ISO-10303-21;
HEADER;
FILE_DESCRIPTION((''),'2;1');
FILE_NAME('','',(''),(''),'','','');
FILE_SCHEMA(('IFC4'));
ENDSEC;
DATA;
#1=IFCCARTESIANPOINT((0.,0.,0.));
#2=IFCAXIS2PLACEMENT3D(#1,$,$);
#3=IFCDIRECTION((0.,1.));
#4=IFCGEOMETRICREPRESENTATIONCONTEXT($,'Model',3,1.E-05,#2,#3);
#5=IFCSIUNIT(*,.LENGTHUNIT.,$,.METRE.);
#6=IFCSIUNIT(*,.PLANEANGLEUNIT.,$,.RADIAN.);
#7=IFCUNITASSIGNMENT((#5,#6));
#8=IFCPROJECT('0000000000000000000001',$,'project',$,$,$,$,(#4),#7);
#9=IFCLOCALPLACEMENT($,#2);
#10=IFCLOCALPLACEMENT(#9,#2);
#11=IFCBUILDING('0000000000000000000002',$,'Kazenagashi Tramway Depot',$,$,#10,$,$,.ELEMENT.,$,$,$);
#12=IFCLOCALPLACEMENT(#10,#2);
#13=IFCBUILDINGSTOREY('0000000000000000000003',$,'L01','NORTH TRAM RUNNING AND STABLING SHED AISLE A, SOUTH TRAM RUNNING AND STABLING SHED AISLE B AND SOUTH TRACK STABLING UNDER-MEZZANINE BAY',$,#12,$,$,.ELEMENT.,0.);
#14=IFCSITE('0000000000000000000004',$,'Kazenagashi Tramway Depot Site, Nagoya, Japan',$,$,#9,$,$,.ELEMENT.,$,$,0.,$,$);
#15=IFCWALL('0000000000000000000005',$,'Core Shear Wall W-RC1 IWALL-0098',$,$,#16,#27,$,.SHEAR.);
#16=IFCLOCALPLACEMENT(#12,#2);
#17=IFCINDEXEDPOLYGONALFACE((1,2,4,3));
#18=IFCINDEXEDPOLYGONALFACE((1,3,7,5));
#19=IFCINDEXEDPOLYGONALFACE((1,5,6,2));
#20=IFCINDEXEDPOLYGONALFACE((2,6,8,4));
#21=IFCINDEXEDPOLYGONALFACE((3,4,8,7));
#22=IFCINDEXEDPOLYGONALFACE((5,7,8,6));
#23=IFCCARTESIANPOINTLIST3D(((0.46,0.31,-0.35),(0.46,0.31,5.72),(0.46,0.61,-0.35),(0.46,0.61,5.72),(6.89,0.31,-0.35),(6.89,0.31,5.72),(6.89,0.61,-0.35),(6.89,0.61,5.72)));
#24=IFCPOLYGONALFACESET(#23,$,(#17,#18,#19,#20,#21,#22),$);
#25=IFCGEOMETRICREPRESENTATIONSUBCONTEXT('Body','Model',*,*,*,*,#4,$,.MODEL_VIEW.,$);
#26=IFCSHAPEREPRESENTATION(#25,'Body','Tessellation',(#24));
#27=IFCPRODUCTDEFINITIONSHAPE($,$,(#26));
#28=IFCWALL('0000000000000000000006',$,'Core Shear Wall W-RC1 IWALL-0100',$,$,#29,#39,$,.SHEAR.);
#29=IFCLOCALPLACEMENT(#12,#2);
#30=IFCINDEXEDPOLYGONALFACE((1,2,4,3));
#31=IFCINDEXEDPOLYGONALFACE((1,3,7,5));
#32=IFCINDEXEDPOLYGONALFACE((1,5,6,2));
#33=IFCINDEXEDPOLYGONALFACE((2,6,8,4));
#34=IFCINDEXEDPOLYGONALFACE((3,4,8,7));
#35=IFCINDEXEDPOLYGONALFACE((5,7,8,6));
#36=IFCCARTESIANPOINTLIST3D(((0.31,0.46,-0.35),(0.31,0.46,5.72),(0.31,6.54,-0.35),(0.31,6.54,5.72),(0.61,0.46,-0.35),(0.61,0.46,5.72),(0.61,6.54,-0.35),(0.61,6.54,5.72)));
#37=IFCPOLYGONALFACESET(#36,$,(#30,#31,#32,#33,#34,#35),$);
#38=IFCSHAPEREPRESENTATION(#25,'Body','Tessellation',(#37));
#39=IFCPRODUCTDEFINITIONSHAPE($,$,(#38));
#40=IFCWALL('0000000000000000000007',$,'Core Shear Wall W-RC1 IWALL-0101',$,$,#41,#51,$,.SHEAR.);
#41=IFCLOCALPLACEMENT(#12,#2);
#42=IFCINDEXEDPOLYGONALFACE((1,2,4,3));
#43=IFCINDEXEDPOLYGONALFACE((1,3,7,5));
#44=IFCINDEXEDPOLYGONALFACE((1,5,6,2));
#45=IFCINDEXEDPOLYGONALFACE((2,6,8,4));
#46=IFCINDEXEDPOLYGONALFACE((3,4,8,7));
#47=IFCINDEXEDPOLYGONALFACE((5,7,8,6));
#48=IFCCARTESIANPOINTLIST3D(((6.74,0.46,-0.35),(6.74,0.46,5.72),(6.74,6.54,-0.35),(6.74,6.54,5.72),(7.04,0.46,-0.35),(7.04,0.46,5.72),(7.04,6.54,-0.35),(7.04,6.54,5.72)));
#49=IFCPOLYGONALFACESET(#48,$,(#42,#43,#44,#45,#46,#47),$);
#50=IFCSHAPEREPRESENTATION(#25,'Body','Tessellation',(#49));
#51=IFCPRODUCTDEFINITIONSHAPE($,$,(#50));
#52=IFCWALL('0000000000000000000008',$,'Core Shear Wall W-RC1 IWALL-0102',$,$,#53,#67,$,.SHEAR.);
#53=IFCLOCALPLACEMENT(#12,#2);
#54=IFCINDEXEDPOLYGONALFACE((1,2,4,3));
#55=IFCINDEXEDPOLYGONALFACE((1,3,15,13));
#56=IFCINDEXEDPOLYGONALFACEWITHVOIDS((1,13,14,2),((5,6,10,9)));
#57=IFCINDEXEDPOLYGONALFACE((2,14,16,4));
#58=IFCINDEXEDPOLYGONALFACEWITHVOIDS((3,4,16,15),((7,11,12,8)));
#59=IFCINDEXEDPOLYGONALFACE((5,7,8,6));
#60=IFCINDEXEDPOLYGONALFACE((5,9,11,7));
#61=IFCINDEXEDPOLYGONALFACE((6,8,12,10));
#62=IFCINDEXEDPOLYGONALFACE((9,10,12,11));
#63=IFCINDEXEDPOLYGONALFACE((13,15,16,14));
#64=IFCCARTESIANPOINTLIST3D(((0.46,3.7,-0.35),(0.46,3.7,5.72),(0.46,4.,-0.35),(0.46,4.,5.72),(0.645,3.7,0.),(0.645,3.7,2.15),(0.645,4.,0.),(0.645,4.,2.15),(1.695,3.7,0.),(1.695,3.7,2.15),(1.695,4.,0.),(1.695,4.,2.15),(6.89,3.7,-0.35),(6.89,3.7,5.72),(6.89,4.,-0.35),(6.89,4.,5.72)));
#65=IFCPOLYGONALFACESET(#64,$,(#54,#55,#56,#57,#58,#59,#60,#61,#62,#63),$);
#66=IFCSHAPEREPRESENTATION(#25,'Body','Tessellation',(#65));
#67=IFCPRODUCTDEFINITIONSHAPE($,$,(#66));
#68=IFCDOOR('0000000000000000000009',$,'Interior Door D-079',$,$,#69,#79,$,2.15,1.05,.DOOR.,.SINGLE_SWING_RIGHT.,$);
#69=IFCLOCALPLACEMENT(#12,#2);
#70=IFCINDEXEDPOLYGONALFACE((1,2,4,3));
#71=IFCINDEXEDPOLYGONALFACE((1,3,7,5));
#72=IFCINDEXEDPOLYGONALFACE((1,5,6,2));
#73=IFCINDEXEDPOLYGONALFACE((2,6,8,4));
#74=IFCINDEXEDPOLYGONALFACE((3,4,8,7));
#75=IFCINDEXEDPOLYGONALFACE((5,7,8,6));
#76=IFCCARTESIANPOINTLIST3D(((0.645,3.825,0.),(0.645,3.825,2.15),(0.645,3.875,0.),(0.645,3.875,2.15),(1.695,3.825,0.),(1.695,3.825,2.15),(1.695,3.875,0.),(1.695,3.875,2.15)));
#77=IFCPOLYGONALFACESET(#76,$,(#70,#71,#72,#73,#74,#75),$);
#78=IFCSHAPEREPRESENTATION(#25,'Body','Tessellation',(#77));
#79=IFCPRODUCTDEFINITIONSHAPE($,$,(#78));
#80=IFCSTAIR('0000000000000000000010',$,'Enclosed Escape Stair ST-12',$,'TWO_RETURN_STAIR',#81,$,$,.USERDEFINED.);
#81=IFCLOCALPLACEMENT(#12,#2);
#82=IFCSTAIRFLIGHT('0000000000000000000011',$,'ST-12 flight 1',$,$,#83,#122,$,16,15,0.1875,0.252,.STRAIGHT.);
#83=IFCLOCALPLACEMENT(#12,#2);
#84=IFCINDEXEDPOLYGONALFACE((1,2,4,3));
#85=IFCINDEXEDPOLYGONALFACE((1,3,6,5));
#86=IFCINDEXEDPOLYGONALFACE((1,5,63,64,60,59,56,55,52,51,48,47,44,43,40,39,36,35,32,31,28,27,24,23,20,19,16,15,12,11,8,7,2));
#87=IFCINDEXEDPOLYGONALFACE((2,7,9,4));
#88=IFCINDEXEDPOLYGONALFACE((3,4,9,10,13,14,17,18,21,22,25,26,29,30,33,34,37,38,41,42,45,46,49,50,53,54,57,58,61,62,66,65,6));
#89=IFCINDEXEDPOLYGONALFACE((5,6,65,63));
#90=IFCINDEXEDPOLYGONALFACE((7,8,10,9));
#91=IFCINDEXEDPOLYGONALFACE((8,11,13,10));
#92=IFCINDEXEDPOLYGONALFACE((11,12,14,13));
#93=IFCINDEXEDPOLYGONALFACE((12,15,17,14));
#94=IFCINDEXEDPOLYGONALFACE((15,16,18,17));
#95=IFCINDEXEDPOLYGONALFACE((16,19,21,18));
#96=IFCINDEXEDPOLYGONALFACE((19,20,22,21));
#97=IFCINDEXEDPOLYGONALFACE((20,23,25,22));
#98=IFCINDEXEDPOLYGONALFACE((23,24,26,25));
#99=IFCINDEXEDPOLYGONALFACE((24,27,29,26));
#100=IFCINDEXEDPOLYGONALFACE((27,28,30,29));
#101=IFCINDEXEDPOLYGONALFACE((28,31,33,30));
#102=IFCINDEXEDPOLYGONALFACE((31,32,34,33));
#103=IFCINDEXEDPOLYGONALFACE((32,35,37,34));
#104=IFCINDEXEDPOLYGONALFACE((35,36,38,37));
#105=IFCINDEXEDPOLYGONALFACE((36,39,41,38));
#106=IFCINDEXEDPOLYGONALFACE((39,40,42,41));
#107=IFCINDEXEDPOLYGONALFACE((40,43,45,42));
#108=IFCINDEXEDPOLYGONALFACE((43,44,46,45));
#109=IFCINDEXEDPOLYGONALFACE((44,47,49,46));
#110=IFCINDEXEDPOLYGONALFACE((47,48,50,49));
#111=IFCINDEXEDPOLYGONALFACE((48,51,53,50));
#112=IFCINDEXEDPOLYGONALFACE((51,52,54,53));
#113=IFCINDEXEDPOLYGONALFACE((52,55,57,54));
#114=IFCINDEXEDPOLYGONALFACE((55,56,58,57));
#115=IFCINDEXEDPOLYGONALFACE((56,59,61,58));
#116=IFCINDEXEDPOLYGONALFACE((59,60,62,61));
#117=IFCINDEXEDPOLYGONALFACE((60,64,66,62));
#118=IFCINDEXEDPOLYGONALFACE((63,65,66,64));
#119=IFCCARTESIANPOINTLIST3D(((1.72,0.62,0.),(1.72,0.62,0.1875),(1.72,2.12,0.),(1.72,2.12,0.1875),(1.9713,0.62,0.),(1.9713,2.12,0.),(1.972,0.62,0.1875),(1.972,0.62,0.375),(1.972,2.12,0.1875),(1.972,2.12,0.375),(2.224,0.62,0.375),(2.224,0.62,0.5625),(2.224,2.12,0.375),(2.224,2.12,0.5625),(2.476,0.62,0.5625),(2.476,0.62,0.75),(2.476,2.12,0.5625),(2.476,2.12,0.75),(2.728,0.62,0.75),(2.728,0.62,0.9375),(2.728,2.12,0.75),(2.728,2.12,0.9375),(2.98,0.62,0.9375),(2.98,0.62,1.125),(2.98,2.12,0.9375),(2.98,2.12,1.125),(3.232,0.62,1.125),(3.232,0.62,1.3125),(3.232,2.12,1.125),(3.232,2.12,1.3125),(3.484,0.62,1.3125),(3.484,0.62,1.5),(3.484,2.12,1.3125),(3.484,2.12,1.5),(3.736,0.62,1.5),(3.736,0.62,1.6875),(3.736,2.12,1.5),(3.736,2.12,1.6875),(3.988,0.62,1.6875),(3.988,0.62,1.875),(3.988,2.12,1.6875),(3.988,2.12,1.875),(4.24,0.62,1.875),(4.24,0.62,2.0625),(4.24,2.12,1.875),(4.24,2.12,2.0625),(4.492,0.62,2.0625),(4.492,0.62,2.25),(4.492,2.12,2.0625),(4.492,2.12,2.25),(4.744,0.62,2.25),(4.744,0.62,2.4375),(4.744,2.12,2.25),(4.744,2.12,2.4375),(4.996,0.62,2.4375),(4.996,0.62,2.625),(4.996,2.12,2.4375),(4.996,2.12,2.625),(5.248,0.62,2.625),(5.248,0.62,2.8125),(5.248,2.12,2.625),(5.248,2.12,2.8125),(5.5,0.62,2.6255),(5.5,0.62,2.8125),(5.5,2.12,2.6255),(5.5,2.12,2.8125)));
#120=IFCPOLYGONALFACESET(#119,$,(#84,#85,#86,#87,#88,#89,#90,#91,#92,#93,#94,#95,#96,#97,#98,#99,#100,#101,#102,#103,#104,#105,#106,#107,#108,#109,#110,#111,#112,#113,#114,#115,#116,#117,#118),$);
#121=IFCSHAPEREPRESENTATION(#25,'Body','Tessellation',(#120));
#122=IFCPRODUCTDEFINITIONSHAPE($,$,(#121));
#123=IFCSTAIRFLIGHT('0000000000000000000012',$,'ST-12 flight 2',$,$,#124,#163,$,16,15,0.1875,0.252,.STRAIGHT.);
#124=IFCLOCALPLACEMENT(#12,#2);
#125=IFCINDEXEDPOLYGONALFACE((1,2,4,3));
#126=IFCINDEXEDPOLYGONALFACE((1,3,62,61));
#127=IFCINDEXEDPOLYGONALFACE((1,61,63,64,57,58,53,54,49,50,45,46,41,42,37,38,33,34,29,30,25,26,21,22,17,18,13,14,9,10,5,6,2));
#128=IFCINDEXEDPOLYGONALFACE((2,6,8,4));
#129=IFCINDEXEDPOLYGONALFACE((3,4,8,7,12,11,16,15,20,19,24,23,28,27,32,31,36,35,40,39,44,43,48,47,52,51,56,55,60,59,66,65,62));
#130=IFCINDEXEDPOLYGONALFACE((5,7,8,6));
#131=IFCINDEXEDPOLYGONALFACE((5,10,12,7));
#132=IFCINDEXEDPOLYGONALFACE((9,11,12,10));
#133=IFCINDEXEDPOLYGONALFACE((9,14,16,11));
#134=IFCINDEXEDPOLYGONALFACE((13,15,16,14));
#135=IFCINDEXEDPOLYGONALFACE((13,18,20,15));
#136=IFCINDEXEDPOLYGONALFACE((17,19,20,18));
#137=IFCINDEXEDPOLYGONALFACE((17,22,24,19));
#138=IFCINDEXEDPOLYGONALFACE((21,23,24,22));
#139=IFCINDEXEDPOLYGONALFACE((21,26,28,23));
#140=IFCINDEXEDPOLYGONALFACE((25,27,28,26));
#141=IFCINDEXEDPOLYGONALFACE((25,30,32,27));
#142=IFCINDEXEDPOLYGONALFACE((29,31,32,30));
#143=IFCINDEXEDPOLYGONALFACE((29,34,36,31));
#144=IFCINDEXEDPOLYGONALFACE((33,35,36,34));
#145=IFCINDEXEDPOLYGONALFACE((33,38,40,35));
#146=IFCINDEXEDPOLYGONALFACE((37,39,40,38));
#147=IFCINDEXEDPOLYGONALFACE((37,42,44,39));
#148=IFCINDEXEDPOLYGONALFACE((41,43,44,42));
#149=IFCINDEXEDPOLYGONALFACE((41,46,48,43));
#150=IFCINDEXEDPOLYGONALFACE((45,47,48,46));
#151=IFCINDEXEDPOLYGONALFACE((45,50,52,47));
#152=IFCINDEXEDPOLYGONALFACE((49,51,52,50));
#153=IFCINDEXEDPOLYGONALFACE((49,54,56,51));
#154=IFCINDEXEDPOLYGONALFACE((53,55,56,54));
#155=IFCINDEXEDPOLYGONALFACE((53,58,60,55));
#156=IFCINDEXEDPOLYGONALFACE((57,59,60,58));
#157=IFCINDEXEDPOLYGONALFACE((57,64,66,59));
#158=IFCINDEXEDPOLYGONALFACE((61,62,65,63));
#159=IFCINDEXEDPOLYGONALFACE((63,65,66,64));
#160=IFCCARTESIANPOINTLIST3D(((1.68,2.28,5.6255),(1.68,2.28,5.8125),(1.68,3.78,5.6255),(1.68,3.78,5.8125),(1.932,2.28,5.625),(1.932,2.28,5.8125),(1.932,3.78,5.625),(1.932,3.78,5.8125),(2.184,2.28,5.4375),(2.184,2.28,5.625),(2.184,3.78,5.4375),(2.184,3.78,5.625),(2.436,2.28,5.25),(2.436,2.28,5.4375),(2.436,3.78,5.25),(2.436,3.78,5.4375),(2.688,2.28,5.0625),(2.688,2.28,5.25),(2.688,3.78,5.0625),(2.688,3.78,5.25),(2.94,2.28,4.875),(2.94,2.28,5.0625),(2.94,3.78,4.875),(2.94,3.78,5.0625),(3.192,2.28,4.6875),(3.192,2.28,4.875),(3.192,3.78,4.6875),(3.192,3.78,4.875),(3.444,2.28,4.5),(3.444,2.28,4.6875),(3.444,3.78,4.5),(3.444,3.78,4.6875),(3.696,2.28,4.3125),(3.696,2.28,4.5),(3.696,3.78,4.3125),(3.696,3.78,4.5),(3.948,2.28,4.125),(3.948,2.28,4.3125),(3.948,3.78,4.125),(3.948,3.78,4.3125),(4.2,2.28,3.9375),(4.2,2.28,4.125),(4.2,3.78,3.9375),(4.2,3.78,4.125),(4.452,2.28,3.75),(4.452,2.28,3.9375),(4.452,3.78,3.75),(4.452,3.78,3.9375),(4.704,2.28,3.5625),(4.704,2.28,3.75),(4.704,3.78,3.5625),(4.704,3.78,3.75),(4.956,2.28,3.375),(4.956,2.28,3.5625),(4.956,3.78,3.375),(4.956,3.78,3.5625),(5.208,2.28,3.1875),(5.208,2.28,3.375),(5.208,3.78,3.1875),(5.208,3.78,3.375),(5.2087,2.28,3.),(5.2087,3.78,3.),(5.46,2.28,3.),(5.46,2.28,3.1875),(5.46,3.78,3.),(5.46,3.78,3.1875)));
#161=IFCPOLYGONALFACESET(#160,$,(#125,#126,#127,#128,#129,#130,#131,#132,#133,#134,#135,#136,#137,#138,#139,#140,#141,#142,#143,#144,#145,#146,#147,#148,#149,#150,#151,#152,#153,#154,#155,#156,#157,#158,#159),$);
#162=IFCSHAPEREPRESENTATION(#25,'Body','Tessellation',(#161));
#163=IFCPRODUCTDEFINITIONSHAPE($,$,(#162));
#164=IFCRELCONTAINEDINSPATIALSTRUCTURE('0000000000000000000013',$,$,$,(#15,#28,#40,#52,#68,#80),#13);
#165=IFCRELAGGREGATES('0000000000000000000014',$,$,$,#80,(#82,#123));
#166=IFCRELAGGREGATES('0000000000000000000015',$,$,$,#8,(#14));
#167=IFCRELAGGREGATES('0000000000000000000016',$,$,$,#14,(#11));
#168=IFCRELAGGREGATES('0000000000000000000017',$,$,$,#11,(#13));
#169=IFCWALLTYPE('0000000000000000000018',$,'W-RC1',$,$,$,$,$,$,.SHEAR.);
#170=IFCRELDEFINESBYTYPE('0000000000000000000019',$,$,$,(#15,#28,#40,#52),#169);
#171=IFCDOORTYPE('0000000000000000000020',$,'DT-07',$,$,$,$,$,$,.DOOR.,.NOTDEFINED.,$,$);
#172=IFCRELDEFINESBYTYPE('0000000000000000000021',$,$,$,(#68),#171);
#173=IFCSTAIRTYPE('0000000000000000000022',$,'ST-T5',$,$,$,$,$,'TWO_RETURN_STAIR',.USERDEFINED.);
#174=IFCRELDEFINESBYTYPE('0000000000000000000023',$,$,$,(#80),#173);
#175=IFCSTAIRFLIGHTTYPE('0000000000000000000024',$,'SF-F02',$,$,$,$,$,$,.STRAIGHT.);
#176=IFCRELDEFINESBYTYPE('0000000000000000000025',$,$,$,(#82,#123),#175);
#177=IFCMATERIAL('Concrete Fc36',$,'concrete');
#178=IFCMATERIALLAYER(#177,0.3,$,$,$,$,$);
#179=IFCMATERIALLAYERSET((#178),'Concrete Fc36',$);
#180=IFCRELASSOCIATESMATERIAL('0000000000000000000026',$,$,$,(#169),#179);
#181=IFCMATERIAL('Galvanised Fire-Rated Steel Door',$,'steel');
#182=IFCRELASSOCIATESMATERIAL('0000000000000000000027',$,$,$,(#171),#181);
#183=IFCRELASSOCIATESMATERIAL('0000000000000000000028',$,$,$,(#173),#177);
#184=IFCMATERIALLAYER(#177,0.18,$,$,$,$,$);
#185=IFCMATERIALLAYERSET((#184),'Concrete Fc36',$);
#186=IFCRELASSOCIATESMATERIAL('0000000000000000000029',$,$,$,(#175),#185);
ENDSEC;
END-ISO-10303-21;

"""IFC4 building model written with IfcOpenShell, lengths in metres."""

from ifc_helpers import new_model, si_unit, direction, frame, frame_2d, origin, place, context, subcontext, project, spatial, polyline, rectangle, outline, extrude, material, layer, layer_set, type_object, element, fill, aggregate, save


model = new_model("IFC4")

# Units and contexts
model_context = context("Model", 3, precision=1e-05, world=origin(), true_north=direction((0.0, 1.0)))
body_context = subcontext(model_context, "Body", "Model", "MODEL_VIEW")
ifc_project = project(units=[si_unit("LENGTHUNIT", "METRE"), si_unit("PLANEANGLEUNIT", "RADIAN")], contexts=[model_context])

# Site, building, storey
site_placement = place(None, origin())
site = spatial("IfcSite", under=ifc_project, at=site_placement, Name="Kazenagashi Tramway Depot Site, Nagoya, Japan", CompositionType="ELEMENT", RefElevation=0.0)
building_placement = place(site_placement, origin())
building = spatial("IfcBuilding", under=site, at=building_placement, Name="Kazenagashi Tramway Depot", CompositionType="ELEMENT")
storey_placement = place(building_placement, origin())
storey = spatial("IfcBuildingStorey", under=building, at=storey_placement, Name="L01", Description="NORTH TRAM RUNNING AND STABLING SHED AISLE A, SOUTH TRAM RUNNING AND STABLING SHED AISLE B AND SOUTH TRACK STABLING UNDER-MEZZANINE BAY", CompositionType="ELEMENT", Elevation=0.0)

# Walls
ifc_material_1 = material(Name="Concrete Fc36", Category="concrete")
ifc_layer_1 = layer(ifc_material_1, 0.3)
ifc_layer_set_1 = layer_set([ifc_layer_1], Name="Concrete Fc36")
wall_type_1 = type_object("IfcWallType", Name="W-RC1", PredefinedType="SHEAR", material=ifc_layer_set_1)
wall_1_placement = place(storey_placement, frame((0.46, 0.46, -0.35), z_axis=(0.0, 0.0, 1.0), x_axis=(1.0, 0.0, 0.0)))
element("IfcWall", 1, at=wall_1_placement, inside=storey, type_object=wall_type_1, Name="Core Shear Wall W-RC1 IWALL-0098", PredefinedType="SHEAR", context=body_context, shape_type="SweptSolid", body=[
    extrude(rectangle(XDim=6.43, YDim=0.3, at=frame_2d((3.215, 0.0))), origin(), (0.0, 0.0, 1.0), 6.07),
])
for number, where, z_axis, x_axis, name in (
    (2, (0.46, 0.46, -0.35), (0.0, 0.0, 1.0), (0.0, 1.0, 0.0), "Core Shear Wall W-RC1 IWALL-0100"),
    (3, (6.89, 0.46, -0.35), (0.0, 0.0, 1.0), (0.0, 1.0, 0.0), "Core Shear Wall W-RC1 IWALL-0101"),
):
    element("IfcWall", number, at=place(storey_placement, frame(where, z_axis=z_axis, x_axis=x_axis)), inside=storey, type_object=wall_type_1, Name=name, PredefinedType="SHEAR", context=body_context, shape_type="SweptSolid", body=[
        extrude(rectangle(XDim=6.08, YDim=0.3, at=frame_2d((3.04, 0.0))), origin(), (0.0, 0.0, 1.0), 6.07),
    ])

# Wall, opening, door
wall_2_placement = place(storey_placement, frame((0.46, 3.85, -0.35), z_axis=(0.0, 0.0, 1.0), x_axis=(1.0, 0.0, 0.0)))
wall_2 = element("IfcWall", 4, at=wall_2_placement, inside=storey, type_object=wall_type_1, Name="Core Shear Wall W-RC1 IWALL-0102", PredefinedType="SHEAR", context=body_context, shape_type="SweptSolid", body=[
    extrude(rectangle(XDim=6.43, YDim=0.3, at=frame_2d((3.215, 0.0))), origin(), (0.0, 0.0, 1.0), 6.07),
])
opening_1_placement = place(wall_2_placement, frame((0.185, 0.0, 0.35)))
opening_1 = element("IfcOpeningElement", 5, at=opening_1_placement, cuts=wall_2, PredefinedType="OPENING", context=body_context, shape_type="SweptSolid", body=[
    extrude(rectangle(XDim=1.05, YDim=2.15, at=frame_2d((0.525, 1.075))), frame((0.0, 0.16, 0.0), z_axis=(0.0, -1.0, 0.0), x_axis=(1.0, 0.0, 0.0)), (0.0, 0.0, 1.0), 0.32),
])
ifc_material_2 = material(Name="Galvanised Fire-Rated Steel Door", Category="steel")
door_type_1 = type_object("IfcDoorType", Name="DT-07", OperationType="NOTDEFINED", PredefinedType="DOOR", material=ifc_material_2)
door_1_placement = place(opening_1_placement, origin())
door_1 = element("IfcDoor", 6, at=door_1_placement, inside=storey, type_object=door_type_1, Name="Interior Door D-079", OperationType="SINGLE_SWING_RIGHT", OverallHeight=2.15, OverallWidth=1.05, PredefinedType="DOOR", context=body_context, shape_type="SweptSolid", body=[
    extrude(rectangle(XDim=1.05, YDim=2.15, at=frame_2d((0.525, 1.075))), frame((0.0, 0.025, 0.0), z_axis=(0.0, -1.0, 0.0), x_axis=(1.0, 0.0, 0.0)), (0.0, 0.0, 1.0), 0.05),
])
fill(opening_1, door_1)

# Stair, stair flights
stair_type = type_object("IfcStairType", Name="ST-T5", ElementType="TWO_RETURN_STAIR", PredefinedType="USERDEFINED", material=ifc_material_1)
stair_placement = place(storey_placement, origin())
stair = element("IfcStair", 7, at=stair_placement, inside=storey, type_object=stair_type, Name="Enclosed Escape Stair ST-12", ObjectType="TWO_RETURN_STAIR", PredefinedType="USERDEFINED")
ifc_layer_2 = layer(ifc_material_1, 0.18)
ifc_layer_set_2 = layer_set([ifc_layer_2], Name="Concrete Fc36")
stair_flight_type = type_object("IfcStairFlightType", Name="SF-F02", PredefinedType="STRAIGHT", material=ifc_layer_set_2)
stair_flight_1_placement = place(storey_placement, frame((1.72, 1.37, 0.0), z_axis=(0.0, 0.0, 1.0), x_axis=(1.0, 0.0, 0.0)))
stair_flight_1 = element("IfcStairFlight", 8, at=stair_flight_1_placement, type_object=stair_flight_type, Name="ST-12 flight 1", NumberOfRisers=16, NumberOfTreads=15, PredefinedType="STRAIGHT", RiserHeight=0.1875, TreadLength=0.252, context=body_context, shape_type="SweptSolid", body=[
    extrude(outline(polyline([(0.0, 0.0), (0.0, 0.1875), (0.252, 0.1875), (0.252, 0.375), (0.504, 0.375), (0.504, 0.5625), (0.756, 0.5625), (0.756, 0.75), (1.008, 0.75), (1.008, 0.9375), (1.26, 0.9375), (1.26, 1.125), (1.512, 1.125), (1.512, 1.3125), (1.764, 1.3125), (1.764, 1.5), (2.016, 1.5), (2.016, 1.6875), (2.268, 1.6875), (2.268, 1.875), (2.52, 1.875), (2.52, 2.0625), (2.772, 2.0625), (2.772, 2.25), (3.024, 2.25), (3.024, 2.4375), (3.276, 2.4375), (3.276, 2.625), (3.528, 2.625), (3.528, 2.8125), (3.78, 2.8125), (3.78, 3.0), (3.78, 2.6255), (0.2513, 0.0), (0.0, 0.0)])), frame((0.0, 0.75, 0.0), z_axis=(0.0, -1.0, 0.0), x_axis=(1.0, 0.0, 0.0)), (0.0, 0.0, 1.0), 1.5),
])
stair_flight_2_placement = place(storey_placement, frame((5.46, 3.03, 3.0), z_axis=(0.0, 0.0, 1.0), x_axis=(-1.0, 0.0, 0.0)))
stair_flight_2 = element("IfcStairFlight", 9, at=stair_flight_2_placement, type_object=stair_flight_type, Name="ST-12 flight 2", NumberOfRisers=16, NumberOfTreads=15, PredefinedType="STRAIGHT", RiserHeight=0.1875, TreadLength=0.252, context=body_context, shape_type="SweptSolid", body=[
    extrude(outline(polyline([(0.0, 0.0), (0.0, 0.1875), (0.252, 0.1875), (0.252, 0.375), (0.504, 0.375), (0.504, 0.5625), (0.756, 0.5625), (0.756, 0.75), (1.008, 0.75), (1.008, 0.9375), (1.26, 0.9375), (1.26, 1.125), (1.512, 1.125), (1.512, 1.3125), (1.764, 1.3125), (1.764, 1.5), (2.016, 1.5), (2.016, 1.6875), (2.268, 1.6875), (2.268, 1.875), (2.52, 1.875), (2.52, 2.0625), (2.772, 2.0625), (2.772, 2.25), (3.024, 2.25), (3.024, 2.4375), (3.276, 2.4375), (3.276, 2.625), (3.528, 2.625), (3.528, 2.8125), (3.78, 2.8125), (3.78, 3.0), (3.78, 2.6255), (0.2513, 0.0), (0.0, 0.0)])), frame((0.0, 0.75, 0.0), z_axis=(0.0, -1.0, 0.0), x_axis=(1.0, 0.0, 0.0)), (0.0, 0.0, 1.0), 1.5),
])
aggregate(stair, [stair_flight_1, stair_flight_2])

save(model, "model.ifc")
